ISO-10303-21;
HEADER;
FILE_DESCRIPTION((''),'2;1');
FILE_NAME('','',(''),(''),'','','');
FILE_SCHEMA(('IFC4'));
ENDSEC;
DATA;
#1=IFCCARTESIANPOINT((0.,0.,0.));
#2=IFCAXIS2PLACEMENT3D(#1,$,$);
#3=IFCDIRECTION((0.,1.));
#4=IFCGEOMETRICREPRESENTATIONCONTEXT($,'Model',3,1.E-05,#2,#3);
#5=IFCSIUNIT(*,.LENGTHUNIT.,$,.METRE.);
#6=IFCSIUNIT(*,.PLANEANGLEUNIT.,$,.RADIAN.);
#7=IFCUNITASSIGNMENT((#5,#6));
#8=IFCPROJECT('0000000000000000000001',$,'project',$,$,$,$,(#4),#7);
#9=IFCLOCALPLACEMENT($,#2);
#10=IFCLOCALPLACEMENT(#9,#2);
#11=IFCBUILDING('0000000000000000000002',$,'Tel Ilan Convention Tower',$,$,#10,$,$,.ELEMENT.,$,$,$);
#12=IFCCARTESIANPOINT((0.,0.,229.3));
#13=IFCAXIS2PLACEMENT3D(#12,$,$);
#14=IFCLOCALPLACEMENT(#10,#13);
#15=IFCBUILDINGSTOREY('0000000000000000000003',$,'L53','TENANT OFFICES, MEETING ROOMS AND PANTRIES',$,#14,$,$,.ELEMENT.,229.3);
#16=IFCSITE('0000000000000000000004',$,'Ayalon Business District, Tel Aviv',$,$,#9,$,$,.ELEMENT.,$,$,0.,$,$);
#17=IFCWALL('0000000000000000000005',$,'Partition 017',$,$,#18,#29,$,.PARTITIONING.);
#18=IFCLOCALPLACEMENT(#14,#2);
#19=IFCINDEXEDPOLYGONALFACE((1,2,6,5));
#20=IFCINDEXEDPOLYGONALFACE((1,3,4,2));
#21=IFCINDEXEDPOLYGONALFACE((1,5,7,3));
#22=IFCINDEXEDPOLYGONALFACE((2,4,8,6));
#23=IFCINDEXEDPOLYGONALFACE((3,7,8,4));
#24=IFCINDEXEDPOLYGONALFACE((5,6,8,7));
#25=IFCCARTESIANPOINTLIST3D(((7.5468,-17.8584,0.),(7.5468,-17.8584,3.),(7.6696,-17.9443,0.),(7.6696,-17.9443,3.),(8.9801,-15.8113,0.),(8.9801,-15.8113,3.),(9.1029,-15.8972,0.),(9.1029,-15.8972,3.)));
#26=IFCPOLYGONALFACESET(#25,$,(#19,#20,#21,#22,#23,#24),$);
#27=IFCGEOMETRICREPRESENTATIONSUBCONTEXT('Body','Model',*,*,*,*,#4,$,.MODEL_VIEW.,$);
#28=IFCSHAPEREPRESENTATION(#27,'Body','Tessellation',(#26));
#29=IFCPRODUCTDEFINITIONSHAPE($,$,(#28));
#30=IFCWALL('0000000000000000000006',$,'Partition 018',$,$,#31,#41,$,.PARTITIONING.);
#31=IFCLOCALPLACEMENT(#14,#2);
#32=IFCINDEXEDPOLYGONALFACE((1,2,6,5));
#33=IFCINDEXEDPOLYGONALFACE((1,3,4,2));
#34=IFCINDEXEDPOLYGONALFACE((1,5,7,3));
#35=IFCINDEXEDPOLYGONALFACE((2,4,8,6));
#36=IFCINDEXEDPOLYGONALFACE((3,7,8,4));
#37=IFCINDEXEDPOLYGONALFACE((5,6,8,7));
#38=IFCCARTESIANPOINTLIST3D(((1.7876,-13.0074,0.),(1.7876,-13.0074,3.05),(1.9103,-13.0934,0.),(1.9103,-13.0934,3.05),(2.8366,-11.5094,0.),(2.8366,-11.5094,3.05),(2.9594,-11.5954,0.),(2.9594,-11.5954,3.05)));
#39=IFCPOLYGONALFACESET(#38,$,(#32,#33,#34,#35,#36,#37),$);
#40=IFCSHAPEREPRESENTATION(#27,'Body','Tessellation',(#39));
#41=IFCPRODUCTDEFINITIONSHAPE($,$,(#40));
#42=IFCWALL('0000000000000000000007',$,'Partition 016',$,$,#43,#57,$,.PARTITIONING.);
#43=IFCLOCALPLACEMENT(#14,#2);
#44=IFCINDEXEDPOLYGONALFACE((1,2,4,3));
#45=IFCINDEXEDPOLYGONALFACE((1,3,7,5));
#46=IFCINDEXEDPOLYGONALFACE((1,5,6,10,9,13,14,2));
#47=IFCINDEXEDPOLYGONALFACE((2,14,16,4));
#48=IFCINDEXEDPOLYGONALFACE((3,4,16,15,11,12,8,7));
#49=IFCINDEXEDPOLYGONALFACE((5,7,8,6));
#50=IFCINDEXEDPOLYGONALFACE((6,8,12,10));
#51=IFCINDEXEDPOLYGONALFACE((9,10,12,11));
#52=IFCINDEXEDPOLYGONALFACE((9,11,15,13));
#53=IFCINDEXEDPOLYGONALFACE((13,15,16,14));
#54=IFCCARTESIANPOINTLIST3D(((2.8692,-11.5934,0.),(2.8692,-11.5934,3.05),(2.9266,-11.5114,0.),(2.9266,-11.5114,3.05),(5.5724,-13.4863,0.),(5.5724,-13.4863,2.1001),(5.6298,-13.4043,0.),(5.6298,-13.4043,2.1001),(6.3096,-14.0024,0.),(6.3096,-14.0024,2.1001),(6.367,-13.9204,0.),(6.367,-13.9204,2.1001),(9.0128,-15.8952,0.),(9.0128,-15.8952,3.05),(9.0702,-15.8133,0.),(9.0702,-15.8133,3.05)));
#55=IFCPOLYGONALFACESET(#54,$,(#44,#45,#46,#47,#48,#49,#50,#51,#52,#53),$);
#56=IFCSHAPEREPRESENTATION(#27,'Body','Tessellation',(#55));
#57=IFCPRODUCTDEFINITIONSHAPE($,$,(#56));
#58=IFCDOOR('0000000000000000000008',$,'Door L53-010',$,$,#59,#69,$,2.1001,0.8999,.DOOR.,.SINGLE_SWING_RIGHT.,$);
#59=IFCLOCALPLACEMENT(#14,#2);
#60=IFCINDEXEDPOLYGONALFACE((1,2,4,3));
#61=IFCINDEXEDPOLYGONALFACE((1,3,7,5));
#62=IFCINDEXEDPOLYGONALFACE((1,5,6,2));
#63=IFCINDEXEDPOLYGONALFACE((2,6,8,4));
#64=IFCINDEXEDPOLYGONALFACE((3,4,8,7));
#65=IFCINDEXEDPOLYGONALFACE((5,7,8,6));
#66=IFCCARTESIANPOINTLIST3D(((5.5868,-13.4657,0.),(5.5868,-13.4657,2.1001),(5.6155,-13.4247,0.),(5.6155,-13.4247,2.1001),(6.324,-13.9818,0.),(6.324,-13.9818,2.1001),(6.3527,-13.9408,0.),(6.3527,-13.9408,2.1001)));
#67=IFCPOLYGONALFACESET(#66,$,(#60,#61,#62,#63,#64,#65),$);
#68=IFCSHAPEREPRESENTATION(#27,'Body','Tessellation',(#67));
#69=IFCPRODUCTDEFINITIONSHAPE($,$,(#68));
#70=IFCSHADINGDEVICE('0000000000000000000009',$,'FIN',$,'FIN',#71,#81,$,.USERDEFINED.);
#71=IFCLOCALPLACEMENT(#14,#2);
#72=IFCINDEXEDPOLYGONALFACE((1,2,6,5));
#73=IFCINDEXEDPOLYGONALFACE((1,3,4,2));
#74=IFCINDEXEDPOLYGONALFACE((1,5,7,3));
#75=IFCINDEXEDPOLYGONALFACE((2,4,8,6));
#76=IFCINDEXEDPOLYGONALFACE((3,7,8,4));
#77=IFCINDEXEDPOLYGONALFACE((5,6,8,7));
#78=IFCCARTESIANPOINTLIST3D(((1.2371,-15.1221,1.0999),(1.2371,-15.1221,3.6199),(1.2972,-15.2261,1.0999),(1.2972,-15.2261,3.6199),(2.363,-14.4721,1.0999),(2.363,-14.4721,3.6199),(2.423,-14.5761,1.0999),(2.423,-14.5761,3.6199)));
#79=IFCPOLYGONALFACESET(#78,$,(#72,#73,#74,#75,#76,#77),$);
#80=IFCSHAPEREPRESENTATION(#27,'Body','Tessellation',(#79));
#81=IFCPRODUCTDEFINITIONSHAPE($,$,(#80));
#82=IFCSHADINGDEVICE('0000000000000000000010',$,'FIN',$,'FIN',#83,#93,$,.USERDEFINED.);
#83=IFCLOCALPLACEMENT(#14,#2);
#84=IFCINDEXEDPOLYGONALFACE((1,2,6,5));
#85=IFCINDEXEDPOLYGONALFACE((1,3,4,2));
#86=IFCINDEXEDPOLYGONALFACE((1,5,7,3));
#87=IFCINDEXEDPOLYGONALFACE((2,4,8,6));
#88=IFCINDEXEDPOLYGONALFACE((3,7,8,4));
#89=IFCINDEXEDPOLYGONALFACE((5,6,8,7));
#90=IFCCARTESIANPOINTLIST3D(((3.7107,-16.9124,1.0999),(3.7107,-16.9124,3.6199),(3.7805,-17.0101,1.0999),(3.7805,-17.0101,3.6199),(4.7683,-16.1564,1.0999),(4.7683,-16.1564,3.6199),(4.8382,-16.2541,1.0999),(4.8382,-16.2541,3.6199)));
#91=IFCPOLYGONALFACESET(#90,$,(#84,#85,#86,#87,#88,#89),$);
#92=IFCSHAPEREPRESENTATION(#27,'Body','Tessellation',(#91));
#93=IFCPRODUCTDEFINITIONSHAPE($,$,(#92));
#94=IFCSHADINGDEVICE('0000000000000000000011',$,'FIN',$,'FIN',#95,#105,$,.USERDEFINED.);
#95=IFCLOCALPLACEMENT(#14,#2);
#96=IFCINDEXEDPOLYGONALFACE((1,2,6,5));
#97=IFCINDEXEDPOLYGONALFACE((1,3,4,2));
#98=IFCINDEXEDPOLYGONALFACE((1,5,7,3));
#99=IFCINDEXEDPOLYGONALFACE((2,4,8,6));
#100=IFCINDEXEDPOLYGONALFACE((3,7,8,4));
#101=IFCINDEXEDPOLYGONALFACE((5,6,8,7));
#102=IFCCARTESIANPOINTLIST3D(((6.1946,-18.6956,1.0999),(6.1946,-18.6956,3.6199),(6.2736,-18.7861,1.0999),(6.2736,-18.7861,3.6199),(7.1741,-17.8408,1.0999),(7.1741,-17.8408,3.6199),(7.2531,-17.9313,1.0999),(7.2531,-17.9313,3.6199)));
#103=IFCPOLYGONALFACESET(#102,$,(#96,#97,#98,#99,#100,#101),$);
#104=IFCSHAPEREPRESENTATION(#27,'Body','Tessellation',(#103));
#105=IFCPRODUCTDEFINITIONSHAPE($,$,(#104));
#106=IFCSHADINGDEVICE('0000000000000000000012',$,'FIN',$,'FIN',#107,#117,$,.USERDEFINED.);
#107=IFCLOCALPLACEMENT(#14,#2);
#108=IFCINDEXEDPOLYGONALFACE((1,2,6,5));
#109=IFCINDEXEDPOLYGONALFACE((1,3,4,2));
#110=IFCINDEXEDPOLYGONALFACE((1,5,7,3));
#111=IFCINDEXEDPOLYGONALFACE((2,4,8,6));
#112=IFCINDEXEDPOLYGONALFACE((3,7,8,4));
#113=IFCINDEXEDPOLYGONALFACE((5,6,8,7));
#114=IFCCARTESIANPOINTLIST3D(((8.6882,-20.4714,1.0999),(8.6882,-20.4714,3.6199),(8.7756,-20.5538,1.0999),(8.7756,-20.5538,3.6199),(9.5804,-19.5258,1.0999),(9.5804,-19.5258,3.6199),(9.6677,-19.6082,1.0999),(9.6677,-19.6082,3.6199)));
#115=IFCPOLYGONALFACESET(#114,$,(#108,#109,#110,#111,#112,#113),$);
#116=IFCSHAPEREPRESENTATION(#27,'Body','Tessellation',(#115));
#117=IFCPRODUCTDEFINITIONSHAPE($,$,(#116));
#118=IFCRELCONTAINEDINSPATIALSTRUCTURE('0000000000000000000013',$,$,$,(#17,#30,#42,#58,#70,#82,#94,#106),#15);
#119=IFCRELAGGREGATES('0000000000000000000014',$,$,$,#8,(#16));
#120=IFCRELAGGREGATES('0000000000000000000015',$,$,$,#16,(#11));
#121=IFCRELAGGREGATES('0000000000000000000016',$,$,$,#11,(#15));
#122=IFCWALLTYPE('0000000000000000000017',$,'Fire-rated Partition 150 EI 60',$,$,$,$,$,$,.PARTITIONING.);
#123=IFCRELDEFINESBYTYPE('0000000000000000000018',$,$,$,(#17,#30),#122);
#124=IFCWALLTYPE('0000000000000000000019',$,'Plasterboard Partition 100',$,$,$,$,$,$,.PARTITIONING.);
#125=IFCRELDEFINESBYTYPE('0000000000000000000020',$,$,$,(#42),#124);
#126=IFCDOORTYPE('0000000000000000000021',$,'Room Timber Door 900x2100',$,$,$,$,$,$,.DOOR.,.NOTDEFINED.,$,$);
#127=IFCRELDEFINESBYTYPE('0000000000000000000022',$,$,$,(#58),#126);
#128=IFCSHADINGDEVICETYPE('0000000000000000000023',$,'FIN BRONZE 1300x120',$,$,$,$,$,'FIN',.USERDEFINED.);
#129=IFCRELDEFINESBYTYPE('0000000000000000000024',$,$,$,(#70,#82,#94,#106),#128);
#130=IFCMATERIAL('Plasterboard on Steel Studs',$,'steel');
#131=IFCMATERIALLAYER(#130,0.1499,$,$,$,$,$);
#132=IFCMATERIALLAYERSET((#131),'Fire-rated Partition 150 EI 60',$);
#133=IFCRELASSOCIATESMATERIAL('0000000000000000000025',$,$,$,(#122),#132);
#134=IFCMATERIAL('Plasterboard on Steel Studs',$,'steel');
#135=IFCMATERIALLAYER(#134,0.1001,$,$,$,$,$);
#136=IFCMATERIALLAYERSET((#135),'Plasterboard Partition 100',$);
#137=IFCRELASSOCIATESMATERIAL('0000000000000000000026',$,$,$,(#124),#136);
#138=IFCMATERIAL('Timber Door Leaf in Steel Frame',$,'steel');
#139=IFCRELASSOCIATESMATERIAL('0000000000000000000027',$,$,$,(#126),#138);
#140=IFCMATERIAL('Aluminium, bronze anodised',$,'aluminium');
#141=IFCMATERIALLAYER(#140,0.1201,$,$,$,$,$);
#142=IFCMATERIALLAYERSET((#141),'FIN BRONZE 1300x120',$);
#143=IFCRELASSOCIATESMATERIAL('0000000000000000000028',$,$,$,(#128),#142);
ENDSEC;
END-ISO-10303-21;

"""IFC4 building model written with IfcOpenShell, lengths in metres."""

from ifc_helpers import new_model, si_unit, direction, frame, frame_2d, origin, origin_2d, place, context, subcontext, project, spatial, rectangle, extrude, material, layer, layer_set, type_object, element, fill, save


model = new_model("IFC4")

# Units and contexts
model_context = context("Model", 3, precision=1e-05, world=origin(), true_north=direction((0.0, 1.0)))
body_context = subcontext(model_context, "Body", "Model", "MODEL_VIEW")
ifc_project = project(units=[si_unit("LENGTHUNIT", "METRE"), si_unit("PLANEANGLEUNIT", "RADIAN")], contexts=[model_context])

# Site, building, storey
site_placement = place(None, origin())
site = spatial("IfcSite", under=ifc_project, at=site_placement, Name="Ayalon Business District, Tel Aviv", CompositionType="ELEMENT", RefElevation=0.0)
building_placement = place(site_placement, origin())
building = spatial("IfcBuilding", under=site, at=building_placement, Name="Tel Ilan Convention Tower", CompositionType="ELEMENT")
storey_placement = place(building_placement, frame((0.0, 0.0, 229.3)))
storey = spatial("IfcBuildingStorey", under=building, at=storey_placement, Name="L53", Description="TENANT OFFICES, MEETING ROOMS AND PANTRIES", CompositionType="ELEMENT", Elevation=229.3)

# Walls
ifc_material_1 = material(Name="Plasterboard on Steel Studs", Category="steel")
ifc_layer_1 = layer(ifc_material_1, 0.1499)
ifc_layer_set_1 = layer_set([ifc_layer_1], Name="Fire-rated Partition 150 EI 60")
wall_type_1 = type_object("IfcWallType", Name="Fire-rated Partition 150 EI 60", PredefinedType="PARTITIONING", material=ifc_layer_set_1)
wall_1_placement = place(storey_placement, frame((9.0415, -15.8542, 0.0), z_axis=(0.0, 0.0, 1.0), x_axis=(-0.573561, -0.819163, 0.0)))
element("IfcWall", 1, at=wall_1_placement, inside=storey, type_object=wall_type_1, Name="Partition 017", PredefinedType="PARTITIONING", context=body_context, shape_type="SweptSolid", body=[
    extrude(rectangle(XDim=2.499, YDim=0.1499, at=frame_2d((1.2495, 0.0))), origin(), (0.0, 0.0, 1.0), 3.0),
])
wall_2_placement = place(storey_placement, frame((1.8489, -13.0505, 0.0), z_axis=(0.0, 0.0, 1.0), x_axis=(0.573624, 0.819119, 0.0)))
element("IfcWall", 2, at=wall_2_placement, inside=storey, type_object=wall_type_1, Name="Partition 018", PredefinedType="PARTITIONING", context=body_context, shape_type="SweptSolid", body=[
    extrude(rectangle(XDim=1.8289, YDim=0.1499, at=frame_2d((0.9146, 0.0))), origin(), (0.0, 0.0, 1.0), 3.05),
])

# Wall, opening, door
ifc_material_2 = material(Name="Plasterboard on Steel Studs", Category="steel")
ifc_layer_2 = layer(ifc_material_2, 0.1001)
ifc_layer_set_2 = layer_set([ifc_layer_2], Name="Plasterboard Partition 100")
wall_type_2 = type_object("IfcWallType", Name="Plasterboard Partition 100", PredefinedType="PARTITIONING", material=ifc_layer_set_2)
wall_3_placement = place(storey_placement, frame((9.0415, -15.8542, 0.0), z_axis=(0.0, 0.0, 1.0), x_axis=(-0.819152, 0.573576, 0.0)))
wall_3 = element("IfcWall", 3, at=wall_3_placement, inside=storey, type_object=wall_type_2, Name="Partition 016", PredefinedType="PARTITIONING", context=body_context, shape_type="SweptSolid", body=[
    extrude(rectangle(XDim=7.5, YDim=0.1001, at=frame_2d((3.75, 0.0))), origin(), (0.0, 0.0, 1.0), 3.05),
])
opening_placement = place(wall_3_placement, frame((3.3, 0.0, 0.0)))
opening = element("IfcOpeningElement", 4, at=opening_placement, cuts=wall_3, PredefinedType="OPENING", context=body_context, shape_type="SweptSolid", body=[
    extrude(rectangle(XDim=0.8999, YDim=2.1001, at=frame_2d((0.45, 1.05))), frame((0.0, 0.0601, 0.0), z_axis=(0.0, -1.0, 0.0), x_axis=(1.0, 0.0, 0.0)), (0.0, 0.0, 1.0), 0.1201),
])
ifc_material_3 = material(Name="Timber Door Leaf in Steel Frame", Category="steel")
door_type = type_object("IfcDoorType", Name="Room Timber Door 900x2100", OperationType="NOTDEFINED", PredefinedType="DOOR", material=ifc_material_3)
door_placement = place(opening_placement, origin())
door = element("IfcDoor", 5, at=door_placement, inside=storey, type_object=door_type, Name="Door L53-010", OperationType="SINGLE_SWING_RIGHT", OverallHeight=2.1001, OverallWidth=0.8999, PredefinedType="DOOR", context=body_context, shape_type="SweptSolid", body=[
    extrude(rectangle(XDim=0.8999, YDim=2.1001, at=frame_2d((0.45, 1.05))), frame((0.0, 0.0249, 0.0), z_axis=(0.0, -1.0, 0.0), x_axis=(1.0, 0.0, 0.0)), (0.0, 0.0, 1.0), 0.05),
])
fill(opening, door)

# Shading devices
ifc_material_4 = material(Name="Aluminium, bronze anodised", Category="aluminium")
ifc_layer_3 = layer(ifc_material_4, 0.1201)
ifc_layer_set_3 = layer_set([ifc_layer_3], Name="FIN BRONZE 1300x120")
shading_device_type = type_object("IfcShadingDeviceType", Name="FIN BRONZE 1300x120", ElementType="FIN", PredefinedType="USERDEFINED", material=ifc_layer_set_3)
for number, where, z_axis, x_axis, name in (
    (6, (1.8301, -14.8491, 1.0999), (0.0, 0.0, 1.0), (-0.866025, -0.5, 0.0), "FIN"),
    (7, (4.2744, -16.5833, 1.0999), (0.0, 0.0, 1.0), (-0.813552, -0.581492, 0.0), "FIN"),
    (8, (6.7239, -18.3135, 1.0999), (0.0, 0.0, 1.0), (-0.753436, -0.657521, 0.0), "FIN"),
    (9, (9.178, -20.0398, 1.0999), (0.0, 0.0, 1.0), (-0.686242, -0.727374, 0.0), "FIN"),
):
    element("IfcShadingDevice", number, at=place(storey_placement, frame(where, z_axis=z_axis, x_axis=x_axis)), inside=storey, type_object=shading_device_type, Name=name, ObjectType="FIN", PredefinedType="USERDEFINED", context=body_context, shape_type="SweptSolid", body=[
        extrude(rectangle(XDim=1.3, YDim=0.1201, at=origin_2d()), origin(), (0.0, 0.0, 1.0), 2.52),
    ])

save(model, "model.ifc")
